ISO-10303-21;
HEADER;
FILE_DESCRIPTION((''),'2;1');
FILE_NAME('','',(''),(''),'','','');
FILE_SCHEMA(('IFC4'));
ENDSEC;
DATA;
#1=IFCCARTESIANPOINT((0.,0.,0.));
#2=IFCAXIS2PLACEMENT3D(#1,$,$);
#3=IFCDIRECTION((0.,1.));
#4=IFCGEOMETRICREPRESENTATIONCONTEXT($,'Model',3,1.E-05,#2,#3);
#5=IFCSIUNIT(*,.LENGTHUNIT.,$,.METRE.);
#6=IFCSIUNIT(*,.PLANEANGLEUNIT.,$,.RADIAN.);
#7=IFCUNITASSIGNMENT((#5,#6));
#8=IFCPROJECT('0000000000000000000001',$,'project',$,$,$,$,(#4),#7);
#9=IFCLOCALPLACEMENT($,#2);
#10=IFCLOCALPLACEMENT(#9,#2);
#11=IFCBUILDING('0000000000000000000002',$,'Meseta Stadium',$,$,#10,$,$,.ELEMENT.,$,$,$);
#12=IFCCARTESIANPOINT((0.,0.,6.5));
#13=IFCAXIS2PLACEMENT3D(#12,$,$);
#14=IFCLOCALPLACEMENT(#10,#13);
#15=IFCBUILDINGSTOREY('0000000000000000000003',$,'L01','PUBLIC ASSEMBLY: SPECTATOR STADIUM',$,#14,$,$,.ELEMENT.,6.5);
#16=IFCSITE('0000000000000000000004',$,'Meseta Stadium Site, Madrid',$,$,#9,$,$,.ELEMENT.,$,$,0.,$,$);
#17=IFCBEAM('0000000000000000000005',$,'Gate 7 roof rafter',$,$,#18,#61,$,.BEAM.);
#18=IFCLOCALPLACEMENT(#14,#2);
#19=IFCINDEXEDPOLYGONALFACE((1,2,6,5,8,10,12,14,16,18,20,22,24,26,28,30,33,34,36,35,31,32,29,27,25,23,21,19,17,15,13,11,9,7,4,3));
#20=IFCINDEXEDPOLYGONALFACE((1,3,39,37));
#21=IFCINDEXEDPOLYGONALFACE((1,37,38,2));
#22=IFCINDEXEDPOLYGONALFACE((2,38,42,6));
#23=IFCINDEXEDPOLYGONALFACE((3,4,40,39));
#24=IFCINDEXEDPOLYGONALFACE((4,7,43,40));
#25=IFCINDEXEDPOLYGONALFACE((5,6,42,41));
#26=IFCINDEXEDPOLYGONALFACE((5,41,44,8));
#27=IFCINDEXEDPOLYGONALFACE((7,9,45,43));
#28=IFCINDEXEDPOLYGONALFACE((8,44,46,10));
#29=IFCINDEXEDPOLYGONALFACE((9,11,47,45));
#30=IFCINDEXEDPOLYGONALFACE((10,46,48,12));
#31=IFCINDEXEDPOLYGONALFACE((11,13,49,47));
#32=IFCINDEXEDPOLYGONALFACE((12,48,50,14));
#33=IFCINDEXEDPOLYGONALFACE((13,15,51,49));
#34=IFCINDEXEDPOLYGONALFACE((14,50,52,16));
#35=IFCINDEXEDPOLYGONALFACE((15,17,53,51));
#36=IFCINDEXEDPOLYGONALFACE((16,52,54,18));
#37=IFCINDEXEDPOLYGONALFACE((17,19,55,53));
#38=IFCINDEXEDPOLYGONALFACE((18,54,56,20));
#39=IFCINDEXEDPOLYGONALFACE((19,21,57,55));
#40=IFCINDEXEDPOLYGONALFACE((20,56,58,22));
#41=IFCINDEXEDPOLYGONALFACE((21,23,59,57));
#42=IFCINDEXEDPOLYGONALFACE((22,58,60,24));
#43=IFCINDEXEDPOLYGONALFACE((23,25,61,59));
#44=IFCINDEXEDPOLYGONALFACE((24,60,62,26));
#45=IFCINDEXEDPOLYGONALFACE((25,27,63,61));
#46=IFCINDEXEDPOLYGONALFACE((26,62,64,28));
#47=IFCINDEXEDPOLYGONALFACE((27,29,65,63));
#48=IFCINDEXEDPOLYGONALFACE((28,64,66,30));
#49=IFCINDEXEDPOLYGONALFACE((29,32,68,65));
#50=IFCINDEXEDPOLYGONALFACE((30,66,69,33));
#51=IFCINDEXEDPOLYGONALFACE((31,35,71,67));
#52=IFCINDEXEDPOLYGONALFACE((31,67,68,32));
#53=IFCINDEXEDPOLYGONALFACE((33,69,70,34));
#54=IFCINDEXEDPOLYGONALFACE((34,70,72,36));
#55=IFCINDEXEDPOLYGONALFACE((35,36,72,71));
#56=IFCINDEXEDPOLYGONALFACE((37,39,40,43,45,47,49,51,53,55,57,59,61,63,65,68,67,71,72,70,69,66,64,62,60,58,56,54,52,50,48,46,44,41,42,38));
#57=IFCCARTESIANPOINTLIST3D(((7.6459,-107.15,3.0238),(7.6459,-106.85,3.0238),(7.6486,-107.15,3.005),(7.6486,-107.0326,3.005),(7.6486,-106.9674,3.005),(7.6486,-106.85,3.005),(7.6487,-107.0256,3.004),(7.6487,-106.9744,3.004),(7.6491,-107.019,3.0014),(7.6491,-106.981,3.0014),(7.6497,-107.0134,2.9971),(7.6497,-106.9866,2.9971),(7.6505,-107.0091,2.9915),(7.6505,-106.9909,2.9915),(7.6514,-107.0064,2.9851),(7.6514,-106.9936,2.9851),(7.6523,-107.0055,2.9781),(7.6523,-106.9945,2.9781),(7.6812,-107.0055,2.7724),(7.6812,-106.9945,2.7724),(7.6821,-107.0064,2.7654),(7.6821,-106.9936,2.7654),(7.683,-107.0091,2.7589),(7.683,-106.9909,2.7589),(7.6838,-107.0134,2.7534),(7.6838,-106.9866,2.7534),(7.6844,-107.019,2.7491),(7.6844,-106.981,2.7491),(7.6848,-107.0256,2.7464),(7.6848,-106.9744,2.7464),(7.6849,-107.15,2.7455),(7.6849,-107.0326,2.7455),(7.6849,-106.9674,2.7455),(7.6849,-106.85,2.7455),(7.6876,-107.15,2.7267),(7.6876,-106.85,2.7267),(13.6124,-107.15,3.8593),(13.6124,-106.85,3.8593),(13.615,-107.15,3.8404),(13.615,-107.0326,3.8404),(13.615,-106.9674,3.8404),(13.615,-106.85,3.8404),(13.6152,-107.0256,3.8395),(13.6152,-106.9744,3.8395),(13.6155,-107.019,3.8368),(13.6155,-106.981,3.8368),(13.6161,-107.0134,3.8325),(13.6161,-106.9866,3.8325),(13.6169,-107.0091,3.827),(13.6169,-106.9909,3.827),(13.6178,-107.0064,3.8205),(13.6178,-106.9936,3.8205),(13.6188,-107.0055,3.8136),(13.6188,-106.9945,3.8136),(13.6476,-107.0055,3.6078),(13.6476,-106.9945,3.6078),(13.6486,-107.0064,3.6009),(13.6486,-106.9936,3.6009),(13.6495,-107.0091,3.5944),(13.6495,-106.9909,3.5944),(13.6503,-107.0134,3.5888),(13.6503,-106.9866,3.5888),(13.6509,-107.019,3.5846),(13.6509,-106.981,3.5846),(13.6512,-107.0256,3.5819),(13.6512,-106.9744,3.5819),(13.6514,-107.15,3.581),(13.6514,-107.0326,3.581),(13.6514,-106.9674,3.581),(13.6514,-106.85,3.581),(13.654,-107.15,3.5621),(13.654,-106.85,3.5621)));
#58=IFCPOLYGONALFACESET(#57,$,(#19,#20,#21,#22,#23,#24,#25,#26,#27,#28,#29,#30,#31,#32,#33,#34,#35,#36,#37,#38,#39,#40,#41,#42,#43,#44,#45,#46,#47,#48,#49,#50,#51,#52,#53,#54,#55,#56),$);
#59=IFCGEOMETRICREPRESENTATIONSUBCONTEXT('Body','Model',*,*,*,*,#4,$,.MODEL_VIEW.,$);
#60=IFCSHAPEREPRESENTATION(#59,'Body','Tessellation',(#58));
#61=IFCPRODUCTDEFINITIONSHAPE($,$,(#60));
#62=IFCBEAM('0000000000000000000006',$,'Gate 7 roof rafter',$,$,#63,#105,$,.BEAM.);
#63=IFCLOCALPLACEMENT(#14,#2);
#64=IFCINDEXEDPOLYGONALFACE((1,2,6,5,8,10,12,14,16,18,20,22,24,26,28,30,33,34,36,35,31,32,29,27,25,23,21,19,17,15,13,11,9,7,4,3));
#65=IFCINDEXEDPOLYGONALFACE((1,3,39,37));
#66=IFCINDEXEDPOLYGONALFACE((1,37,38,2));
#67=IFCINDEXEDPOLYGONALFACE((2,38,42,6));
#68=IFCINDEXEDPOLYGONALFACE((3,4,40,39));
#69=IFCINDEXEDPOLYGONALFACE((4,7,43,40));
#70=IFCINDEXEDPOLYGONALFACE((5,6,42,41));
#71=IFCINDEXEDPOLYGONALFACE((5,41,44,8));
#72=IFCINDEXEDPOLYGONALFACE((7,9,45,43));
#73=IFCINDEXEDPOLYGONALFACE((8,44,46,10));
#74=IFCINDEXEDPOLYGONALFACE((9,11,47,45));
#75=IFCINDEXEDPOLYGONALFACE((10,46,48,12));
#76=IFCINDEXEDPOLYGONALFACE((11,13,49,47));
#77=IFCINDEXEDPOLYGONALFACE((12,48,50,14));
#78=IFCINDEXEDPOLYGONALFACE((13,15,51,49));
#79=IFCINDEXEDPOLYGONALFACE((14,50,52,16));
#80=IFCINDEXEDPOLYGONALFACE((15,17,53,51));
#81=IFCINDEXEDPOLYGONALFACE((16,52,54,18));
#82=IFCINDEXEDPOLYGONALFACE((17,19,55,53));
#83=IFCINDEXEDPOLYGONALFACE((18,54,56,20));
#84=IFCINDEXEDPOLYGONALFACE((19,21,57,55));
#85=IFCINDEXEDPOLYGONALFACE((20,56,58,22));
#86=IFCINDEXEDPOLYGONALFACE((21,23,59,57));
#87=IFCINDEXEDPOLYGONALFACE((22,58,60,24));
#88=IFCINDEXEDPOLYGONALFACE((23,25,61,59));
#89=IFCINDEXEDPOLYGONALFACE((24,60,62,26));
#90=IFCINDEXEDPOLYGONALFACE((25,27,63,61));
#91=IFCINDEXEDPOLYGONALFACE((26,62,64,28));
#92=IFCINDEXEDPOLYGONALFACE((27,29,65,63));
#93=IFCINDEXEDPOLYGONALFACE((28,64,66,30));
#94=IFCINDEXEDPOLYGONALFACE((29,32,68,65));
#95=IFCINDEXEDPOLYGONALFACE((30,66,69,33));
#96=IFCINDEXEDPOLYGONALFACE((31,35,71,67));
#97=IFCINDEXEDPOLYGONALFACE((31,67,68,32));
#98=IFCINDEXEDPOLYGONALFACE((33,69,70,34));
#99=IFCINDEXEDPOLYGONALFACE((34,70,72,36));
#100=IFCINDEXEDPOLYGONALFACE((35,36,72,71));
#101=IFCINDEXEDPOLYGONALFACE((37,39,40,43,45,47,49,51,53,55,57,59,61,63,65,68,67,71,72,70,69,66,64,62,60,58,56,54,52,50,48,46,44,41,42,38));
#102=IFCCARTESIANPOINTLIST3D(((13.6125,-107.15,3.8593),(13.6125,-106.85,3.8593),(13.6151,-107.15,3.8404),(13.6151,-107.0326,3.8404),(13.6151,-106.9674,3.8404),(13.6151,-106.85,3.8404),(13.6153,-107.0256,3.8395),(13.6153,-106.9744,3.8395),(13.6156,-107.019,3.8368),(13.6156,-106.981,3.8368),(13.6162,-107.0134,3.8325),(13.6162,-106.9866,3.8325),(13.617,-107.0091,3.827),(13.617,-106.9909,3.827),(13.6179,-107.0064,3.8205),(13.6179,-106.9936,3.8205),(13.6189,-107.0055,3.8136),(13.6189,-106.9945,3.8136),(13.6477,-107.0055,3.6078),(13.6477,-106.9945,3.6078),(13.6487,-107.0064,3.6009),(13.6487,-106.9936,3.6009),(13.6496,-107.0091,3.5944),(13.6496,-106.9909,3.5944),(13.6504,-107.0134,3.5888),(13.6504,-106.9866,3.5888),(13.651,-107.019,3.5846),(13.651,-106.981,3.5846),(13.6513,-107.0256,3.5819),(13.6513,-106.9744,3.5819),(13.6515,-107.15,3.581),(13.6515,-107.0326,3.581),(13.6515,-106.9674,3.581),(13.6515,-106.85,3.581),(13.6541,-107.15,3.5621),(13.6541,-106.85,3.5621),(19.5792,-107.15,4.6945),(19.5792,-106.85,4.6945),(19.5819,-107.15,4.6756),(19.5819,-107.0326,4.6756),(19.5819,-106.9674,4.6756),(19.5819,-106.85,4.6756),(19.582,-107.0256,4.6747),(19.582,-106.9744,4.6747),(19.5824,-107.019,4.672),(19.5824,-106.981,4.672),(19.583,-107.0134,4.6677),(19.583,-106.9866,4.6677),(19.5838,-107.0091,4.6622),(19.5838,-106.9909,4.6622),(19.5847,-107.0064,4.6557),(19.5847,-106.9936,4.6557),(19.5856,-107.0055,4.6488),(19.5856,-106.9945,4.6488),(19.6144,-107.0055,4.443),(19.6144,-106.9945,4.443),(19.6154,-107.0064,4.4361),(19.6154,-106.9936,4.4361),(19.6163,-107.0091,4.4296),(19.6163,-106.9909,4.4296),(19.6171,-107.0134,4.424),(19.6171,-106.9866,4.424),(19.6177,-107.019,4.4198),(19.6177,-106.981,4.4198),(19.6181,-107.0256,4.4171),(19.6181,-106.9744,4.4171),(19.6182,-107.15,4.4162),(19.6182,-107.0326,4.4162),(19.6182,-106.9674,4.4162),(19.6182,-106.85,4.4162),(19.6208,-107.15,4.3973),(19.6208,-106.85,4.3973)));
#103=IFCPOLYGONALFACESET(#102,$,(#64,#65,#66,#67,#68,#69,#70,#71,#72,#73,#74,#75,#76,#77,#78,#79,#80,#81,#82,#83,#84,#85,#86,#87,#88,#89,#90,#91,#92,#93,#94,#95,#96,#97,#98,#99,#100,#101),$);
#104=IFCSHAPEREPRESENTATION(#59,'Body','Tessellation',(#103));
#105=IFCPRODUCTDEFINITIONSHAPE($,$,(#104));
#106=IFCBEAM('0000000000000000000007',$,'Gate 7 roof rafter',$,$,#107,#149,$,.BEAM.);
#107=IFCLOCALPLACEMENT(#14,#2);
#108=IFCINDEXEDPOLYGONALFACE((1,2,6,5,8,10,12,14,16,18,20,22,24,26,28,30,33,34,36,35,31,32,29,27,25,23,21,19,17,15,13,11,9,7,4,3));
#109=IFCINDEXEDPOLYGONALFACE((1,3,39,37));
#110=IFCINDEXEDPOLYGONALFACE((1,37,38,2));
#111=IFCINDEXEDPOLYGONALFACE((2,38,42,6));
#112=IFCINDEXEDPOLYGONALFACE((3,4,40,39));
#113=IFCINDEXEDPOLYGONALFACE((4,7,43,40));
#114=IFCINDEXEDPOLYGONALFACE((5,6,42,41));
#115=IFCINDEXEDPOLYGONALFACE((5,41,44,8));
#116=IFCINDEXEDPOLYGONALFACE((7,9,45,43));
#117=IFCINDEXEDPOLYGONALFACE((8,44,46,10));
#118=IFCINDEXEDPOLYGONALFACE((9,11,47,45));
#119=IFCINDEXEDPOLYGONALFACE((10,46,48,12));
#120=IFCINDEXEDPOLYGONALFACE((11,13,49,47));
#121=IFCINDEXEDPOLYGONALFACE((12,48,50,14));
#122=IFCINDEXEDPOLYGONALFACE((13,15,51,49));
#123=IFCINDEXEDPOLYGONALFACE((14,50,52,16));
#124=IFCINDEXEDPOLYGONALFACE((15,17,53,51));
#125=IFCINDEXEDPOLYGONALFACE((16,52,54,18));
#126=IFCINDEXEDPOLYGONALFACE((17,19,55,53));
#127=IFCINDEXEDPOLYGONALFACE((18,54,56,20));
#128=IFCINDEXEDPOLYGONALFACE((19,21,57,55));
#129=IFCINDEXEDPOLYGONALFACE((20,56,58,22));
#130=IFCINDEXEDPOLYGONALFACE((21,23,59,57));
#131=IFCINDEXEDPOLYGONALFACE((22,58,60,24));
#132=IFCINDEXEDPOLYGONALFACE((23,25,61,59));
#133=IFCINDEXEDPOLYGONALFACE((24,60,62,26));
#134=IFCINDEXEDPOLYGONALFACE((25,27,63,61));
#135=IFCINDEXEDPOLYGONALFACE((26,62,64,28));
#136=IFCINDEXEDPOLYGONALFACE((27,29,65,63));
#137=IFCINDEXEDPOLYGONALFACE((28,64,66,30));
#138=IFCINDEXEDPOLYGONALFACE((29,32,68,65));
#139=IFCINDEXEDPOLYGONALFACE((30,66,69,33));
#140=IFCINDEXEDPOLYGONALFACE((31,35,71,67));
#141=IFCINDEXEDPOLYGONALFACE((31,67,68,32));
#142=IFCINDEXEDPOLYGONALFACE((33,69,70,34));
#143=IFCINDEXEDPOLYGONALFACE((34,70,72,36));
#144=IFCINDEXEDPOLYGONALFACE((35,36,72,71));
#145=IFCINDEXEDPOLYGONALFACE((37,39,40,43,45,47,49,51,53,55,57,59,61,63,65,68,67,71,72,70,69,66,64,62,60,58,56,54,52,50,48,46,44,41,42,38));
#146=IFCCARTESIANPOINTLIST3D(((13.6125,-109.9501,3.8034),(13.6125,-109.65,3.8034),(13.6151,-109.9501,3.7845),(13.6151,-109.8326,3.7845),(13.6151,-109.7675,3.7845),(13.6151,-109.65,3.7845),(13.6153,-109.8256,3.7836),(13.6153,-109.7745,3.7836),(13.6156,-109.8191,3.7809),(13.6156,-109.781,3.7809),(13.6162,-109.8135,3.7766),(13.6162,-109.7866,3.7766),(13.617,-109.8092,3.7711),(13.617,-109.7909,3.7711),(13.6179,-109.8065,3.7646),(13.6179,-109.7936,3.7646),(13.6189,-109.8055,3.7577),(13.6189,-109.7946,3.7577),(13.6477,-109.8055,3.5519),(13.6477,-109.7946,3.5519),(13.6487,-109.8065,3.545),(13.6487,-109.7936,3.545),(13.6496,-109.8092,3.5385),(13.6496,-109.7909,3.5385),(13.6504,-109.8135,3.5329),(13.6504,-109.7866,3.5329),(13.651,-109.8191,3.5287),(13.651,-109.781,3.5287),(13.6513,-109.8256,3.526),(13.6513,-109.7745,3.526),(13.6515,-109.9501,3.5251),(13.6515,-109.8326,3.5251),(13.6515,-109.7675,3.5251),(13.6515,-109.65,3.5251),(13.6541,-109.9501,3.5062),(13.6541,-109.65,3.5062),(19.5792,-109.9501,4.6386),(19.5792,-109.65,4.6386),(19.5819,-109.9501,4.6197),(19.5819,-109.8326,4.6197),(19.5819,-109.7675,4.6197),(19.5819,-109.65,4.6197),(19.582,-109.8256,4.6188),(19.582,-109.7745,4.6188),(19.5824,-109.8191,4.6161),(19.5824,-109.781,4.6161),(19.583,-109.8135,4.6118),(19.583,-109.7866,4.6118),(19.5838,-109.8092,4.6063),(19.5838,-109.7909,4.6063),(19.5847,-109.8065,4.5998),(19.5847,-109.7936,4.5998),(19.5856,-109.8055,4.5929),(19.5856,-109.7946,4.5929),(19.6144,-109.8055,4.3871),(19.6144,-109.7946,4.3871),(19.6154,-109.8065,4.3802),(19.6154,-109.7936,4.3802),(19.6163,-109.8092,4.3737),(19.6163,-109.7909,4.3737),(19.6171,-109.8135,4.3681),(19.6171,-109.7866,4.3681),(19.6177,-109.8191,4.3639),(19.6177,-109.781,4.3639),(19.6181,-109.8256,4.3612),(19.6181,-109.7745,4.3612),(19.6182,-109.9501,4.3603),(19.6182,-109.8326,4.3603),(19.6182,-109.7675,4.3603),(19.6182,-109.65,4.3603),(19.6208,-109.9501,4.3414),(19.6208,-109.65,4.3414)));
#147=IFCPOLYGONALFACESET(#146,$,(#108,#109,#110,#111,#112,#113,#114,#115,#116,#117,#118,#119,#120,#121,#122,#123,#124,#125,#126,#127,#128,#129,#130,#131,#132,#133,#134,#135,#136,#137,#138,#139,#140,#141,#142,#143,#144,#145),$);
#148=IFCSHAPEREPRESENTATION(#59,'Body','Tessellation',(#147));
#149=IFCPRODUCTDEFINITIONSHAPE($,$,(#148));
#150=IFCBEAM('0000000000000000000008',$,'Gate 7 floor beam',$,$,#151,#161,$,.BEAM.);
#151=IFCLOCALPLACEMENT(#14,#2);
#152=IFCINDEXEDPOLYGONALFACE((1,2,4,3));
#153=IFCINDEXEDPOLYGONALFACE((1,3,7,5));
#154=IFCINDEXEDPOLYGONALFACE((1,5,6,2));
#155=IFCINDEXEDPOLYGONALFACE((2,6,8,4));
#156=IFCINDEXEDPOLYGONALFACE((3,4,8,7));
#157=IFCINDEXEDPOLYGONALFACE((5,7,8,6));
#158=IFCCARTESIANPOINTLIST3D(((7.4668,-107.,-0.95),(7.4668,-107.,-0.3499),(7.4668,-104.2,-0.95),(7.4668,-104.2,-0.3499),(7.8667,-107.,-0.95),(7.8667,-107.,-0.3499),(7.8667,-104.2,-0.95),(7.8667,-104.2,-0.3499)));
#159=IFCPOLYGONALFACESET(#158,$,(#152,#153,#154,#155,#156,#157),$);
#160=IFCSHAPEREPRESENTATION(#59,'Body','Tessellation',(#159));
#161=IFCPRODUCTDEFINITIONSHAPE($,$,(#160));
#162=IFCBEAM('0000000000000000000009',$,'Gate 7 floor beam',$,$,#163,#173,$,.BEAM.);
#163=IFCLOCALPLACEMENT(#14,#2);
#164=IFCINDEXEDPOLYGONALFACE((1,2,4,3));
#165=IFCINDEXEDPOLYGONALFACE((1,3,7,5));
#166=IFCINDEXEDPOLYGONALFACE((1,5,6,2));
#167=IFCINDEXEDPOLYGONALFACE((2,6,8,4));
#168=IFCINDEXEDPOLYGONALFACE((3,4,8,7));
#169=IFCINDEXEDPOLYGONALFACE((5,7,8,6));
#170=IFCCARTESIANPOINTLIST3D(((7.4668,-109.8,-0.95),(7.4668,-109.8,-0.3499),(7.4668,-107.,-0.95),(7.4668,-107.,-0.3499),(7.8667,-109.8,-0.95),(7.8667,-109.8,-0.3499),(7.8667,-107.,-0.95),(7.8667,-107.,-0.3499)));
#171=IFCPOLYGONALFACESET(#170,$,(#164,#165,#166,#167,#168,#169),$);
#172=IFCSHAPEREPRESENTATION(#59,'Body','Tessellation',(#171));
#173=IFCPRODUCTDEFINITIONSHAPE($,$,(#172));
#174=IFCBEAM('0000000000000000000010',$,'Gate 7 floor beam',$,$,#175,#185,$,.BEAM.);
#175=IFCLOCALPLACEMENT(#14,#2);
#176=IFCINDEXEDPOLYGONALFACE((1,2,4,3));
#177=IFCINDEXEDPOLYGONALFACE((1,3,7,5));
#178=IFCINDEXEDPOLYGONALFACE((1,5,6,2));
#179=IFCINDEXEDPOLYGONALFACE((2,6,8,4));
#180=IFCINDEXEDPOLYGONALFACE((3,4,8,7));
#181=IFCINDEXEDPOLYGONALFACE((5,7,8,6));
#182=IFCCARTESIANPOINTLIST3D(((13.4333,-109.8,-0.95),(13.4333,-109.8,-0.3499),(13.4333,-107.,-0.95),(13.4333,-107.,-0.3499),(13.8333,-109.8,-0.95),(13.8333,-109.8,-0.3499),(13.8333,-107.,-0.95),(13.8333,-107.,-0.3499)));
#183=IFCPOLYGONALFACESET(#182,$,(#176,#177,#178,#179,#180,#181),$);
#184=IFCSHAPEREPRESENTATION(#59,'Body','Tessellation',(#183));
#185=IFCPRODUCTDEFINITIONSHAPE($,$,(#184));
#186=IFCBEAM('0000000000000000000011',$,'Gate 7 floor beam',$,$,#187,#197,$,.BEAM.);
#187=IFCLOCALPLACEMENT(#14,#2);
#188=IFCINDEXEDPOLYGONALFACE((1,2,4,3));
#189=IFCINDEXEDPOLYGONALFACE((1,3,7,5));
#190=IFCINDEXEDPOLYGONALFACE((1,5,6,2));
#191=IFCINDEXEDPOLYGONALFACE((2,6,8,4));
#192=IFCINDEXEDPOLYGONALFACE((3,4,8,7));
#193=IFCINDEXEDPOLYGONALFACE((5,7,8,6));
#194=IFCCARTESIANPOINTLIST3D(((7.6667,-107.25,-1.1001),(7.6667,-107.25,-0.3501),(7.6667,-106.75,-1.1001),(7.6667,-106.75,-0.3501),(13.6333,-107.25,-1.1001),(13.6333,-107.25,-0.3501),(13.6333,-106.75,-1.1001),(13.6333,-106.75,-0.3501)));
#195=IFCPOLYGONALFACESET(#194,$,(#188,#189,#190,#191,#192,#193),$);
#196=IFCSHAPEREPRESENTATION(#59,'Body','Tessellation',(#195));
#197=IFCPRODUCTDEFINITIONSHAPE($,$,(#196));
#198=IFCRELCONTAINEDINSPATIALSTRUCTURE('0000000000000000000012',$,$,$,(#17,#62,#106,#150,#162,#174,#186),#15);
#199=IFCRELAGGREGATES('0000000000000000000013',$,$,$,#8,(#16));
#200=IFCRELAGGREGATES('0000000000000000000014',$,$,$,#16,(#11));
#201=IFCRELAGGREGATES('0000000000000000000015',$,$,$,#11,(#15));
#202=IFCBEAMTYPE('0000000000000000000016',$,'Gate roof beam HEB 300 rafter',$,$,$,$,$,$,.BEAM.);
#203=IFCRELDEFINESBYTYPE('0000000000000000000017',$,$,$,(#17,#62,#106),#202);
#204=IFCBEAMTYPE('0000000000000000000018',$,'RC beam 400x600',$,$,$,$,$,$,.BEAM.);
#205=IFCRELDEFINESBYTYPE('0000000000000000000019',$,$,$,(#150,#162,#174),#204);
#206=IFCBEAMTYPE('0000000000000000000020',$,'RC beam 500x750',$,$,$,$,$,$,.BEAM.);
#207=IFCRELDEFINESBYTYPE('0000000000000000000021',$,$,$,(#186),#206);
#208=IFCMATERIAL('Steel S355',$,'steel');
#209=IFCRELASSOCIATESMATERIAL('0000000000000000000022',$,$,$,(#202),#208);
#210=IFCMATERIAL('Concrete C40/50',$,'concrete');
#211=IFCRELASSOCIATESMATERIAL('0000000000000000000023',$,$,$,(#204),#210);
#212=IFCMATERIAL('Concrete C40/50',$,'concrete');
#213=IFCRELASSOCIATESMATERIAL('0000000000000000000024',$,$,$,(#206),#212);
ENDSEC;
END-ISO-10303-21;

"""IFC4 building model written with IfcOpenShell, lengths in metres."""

from ifc_helpers import new_model, si_unit, direction, frame, origin, origin_2d, place, context, subcontext, project, spatial, rectangle, i_section, extrude, material, material_profile, profile_set, type_object, element, save


model = new_model("IFC4")

# Units and contexts
model_context = context("Model", 3, precision=1e-05, world=origin(), true_north=direction((0.0, 1.0)))
body_context = subcontext(model_context, "Body", "Model", "MODEL_VIEW")
ifc_project = project(units=[si_unit("LENGTHUNIT", "METRE"), si_unit("PLANEANGLEUNIT", "RADIAN")], contexts=[model_context])

# Site, building, storey
site_placement = place(None, origin())
site = spatial("IfcSite", under=ifc_project, at=site_placement, Name="Meseta Stadium Site, Madrid", CompositionType="ELEMENT", RefElevation=0.0)
building_placement = place(site_placement, origin())
building = spatial("IfcBuilding", under=site, at=building_placement, Name="Meseta Stadium", CompositionType="ELEMENT")
storey_placement = place(building_placement, frame((0.0, 0.0, 6.5)))
storey = spatial("IfcBuildingStorey", under=building, at=storey_placement, Name="L01", Description="PUBLIC ASSEMBLY: SPECTATOR STADIUM", CompositionType="ELEMENT", Elevation=6.5)

# Beams
ifc_material_1 = material(Name="Steel S355", Category="steel")
ifc_material_profile_1 = material_profile(ifc_material_1, i_section(OverallWidth=0.3, OverallDepth=0.3, WebThickness=0.011, FlangeThickness=0.019, FilletRadius=0.0271, at=origin_2d()), Name="HEB 300")
ifc_profile_set_1 = profile_set([ifc_material_profile_1], Name="Steel S355")
beam_type_1 = type_object("IfcBeamType", Name="Gate roof beam HEB 300 rafter", PredefinedType="BEAM", material=ifc_profile_set_1)
beam_1_placement = place(storey_placement, frame((7.6667, -107.0, 2.8752), z_axis=(0.990339, 0.0, 0.138669), x_axis=(0.0, 1.0, 0.0)))
element("IfcBeam", 1, at=beam_1_placement, inside=storey, type_object=beam_type_1, Name="Gate 7 roof rafter", PredefinedType="BEAM", context=body_context, shape_type="SweptSolid", body=[
    extrude(i_section(OverallWidth=0.3, OverallDepth=0.3, WebThickness=0.011, FlangeThickness=0.019, FilletRadius=0.0271, at=origin_2d()), origin(), (0.0, 0.0, 1.0), 6.0247),
])
for number, where, z_axis, x_axis, name in (
    (2, (13.6333, -107.0, 3.7107), (0.990345, 0.0, 0.138624), (0.0, 1.0, 0.0), "Gate 7 roof rafter"),
    (3, (13.6333, -109.8, 3.6548), (0.990345, 0.0, 0.138624), (0.0, 1.0, 0.0), "Gate 7 roof rafter"),
):
    element("IfcBeam", number, at=place(storey_placement, frame(where, z_axis=z_axis, x_axis=x_axis)), inside=storey, type_object=beam_type_1, Name=name, PredefinedType="BEAM", context=body_context, shape_type="SweptSolid", body=[
        extrude(i_section(OverallWidth=0.3, OverallDepth=0.3, WebThickness=0.011, FlangeThickness=0.019, FilletRadius=0.0271, at=origin_2d()), origin(), (0.0, 0.0, 1.0), 6.0249),
    ])
ifc_material_2 = material(Name="Concrete C40/50", Category="concrete")
ifc_material_profile_2 = material_profile(ifc_material_2, rectangle(XDim=0.3999, YDim=0.6001, at=origin_2d()), Name="RC 400x600")
ifc_profile_set_2 = profile_set([ifc_material_profile_2], Name="Concrete C40/50")
beam_type_2 = type_object("IfcBeamType", Name="RC beam 400x600", PredefinedType="BEAM", material=ifc_profile_set_2)
for number, where, z_axis, x_axis, name in (
    (4, (7.6667, -104.2, -0.6499), (0.0, -1.0, 0.0), (1.0, 0.0, 0.0), "Gate 7 floor beam"),
    (5, (7.6667, -107.0, -0.6499), (0.0, -1.0, 0.0), (1.0, 0.0, 0.0), "Gate 7 floor beam"),
    (6, (13.6333, -107.0, -0.6499), (0.0, -1.0, 0.0), (1.0, 0.0, 0.0), "Gate 7 floor beam"),
):
    element("IfcBeam", number, at=place(storey_placement, frame(where, z_axis=z_axis, x_axis=x_axis)), inside=storey, type_object=beam_type_2, Name=name, PredefinedType="BEAM", context=body_context, shape_type="SweptSolid", body=[
        extrude(rectangle(XDim=0.3999, YDim=0.6001, at=origin_2d()), origin(), (0.0, 0.0, 1.0), 2.8),
    ])
ifc_material_3 = material(Name="Concrete C40/50", Category="concrete")
ifc_material_profile_3 = material_profile(ifc_material_3, rectangle(XDim=0.5, YDim=0.75, at=origin_2d()), Name="RC 500x750")
ifc_profile_set_3 = profile_set([ifc_material_profile_3], Name="Concrete C40/50")
beam_type_3 = type_object("IfcBeamType", Name="RC beam 500x750", PredefinedType="BEAM", material=ifc_profile_set_3)
beam_2_placement = place(storey_placement, frame((7.6667, -107.0, -0.7251), z_axis=(1.0, 0.0, 0.0), x_axis=(0.0, 1.0, 0.0)))
element("IfcBeam", 7, at=beam_2_placement, inside=storey, type_object=beam_type_3, Name="Gate 7 floor beam", PredefinedType="BEAM", context=body_context, shape_type="SweptSolid", body=[
    extrude(rectangle(XDim=0.5, YDim=0.75, at=origin_2d()), origin(), (0.0, 0.0, 1.0), 5.9666),
])

save(model, "model.ifc")
